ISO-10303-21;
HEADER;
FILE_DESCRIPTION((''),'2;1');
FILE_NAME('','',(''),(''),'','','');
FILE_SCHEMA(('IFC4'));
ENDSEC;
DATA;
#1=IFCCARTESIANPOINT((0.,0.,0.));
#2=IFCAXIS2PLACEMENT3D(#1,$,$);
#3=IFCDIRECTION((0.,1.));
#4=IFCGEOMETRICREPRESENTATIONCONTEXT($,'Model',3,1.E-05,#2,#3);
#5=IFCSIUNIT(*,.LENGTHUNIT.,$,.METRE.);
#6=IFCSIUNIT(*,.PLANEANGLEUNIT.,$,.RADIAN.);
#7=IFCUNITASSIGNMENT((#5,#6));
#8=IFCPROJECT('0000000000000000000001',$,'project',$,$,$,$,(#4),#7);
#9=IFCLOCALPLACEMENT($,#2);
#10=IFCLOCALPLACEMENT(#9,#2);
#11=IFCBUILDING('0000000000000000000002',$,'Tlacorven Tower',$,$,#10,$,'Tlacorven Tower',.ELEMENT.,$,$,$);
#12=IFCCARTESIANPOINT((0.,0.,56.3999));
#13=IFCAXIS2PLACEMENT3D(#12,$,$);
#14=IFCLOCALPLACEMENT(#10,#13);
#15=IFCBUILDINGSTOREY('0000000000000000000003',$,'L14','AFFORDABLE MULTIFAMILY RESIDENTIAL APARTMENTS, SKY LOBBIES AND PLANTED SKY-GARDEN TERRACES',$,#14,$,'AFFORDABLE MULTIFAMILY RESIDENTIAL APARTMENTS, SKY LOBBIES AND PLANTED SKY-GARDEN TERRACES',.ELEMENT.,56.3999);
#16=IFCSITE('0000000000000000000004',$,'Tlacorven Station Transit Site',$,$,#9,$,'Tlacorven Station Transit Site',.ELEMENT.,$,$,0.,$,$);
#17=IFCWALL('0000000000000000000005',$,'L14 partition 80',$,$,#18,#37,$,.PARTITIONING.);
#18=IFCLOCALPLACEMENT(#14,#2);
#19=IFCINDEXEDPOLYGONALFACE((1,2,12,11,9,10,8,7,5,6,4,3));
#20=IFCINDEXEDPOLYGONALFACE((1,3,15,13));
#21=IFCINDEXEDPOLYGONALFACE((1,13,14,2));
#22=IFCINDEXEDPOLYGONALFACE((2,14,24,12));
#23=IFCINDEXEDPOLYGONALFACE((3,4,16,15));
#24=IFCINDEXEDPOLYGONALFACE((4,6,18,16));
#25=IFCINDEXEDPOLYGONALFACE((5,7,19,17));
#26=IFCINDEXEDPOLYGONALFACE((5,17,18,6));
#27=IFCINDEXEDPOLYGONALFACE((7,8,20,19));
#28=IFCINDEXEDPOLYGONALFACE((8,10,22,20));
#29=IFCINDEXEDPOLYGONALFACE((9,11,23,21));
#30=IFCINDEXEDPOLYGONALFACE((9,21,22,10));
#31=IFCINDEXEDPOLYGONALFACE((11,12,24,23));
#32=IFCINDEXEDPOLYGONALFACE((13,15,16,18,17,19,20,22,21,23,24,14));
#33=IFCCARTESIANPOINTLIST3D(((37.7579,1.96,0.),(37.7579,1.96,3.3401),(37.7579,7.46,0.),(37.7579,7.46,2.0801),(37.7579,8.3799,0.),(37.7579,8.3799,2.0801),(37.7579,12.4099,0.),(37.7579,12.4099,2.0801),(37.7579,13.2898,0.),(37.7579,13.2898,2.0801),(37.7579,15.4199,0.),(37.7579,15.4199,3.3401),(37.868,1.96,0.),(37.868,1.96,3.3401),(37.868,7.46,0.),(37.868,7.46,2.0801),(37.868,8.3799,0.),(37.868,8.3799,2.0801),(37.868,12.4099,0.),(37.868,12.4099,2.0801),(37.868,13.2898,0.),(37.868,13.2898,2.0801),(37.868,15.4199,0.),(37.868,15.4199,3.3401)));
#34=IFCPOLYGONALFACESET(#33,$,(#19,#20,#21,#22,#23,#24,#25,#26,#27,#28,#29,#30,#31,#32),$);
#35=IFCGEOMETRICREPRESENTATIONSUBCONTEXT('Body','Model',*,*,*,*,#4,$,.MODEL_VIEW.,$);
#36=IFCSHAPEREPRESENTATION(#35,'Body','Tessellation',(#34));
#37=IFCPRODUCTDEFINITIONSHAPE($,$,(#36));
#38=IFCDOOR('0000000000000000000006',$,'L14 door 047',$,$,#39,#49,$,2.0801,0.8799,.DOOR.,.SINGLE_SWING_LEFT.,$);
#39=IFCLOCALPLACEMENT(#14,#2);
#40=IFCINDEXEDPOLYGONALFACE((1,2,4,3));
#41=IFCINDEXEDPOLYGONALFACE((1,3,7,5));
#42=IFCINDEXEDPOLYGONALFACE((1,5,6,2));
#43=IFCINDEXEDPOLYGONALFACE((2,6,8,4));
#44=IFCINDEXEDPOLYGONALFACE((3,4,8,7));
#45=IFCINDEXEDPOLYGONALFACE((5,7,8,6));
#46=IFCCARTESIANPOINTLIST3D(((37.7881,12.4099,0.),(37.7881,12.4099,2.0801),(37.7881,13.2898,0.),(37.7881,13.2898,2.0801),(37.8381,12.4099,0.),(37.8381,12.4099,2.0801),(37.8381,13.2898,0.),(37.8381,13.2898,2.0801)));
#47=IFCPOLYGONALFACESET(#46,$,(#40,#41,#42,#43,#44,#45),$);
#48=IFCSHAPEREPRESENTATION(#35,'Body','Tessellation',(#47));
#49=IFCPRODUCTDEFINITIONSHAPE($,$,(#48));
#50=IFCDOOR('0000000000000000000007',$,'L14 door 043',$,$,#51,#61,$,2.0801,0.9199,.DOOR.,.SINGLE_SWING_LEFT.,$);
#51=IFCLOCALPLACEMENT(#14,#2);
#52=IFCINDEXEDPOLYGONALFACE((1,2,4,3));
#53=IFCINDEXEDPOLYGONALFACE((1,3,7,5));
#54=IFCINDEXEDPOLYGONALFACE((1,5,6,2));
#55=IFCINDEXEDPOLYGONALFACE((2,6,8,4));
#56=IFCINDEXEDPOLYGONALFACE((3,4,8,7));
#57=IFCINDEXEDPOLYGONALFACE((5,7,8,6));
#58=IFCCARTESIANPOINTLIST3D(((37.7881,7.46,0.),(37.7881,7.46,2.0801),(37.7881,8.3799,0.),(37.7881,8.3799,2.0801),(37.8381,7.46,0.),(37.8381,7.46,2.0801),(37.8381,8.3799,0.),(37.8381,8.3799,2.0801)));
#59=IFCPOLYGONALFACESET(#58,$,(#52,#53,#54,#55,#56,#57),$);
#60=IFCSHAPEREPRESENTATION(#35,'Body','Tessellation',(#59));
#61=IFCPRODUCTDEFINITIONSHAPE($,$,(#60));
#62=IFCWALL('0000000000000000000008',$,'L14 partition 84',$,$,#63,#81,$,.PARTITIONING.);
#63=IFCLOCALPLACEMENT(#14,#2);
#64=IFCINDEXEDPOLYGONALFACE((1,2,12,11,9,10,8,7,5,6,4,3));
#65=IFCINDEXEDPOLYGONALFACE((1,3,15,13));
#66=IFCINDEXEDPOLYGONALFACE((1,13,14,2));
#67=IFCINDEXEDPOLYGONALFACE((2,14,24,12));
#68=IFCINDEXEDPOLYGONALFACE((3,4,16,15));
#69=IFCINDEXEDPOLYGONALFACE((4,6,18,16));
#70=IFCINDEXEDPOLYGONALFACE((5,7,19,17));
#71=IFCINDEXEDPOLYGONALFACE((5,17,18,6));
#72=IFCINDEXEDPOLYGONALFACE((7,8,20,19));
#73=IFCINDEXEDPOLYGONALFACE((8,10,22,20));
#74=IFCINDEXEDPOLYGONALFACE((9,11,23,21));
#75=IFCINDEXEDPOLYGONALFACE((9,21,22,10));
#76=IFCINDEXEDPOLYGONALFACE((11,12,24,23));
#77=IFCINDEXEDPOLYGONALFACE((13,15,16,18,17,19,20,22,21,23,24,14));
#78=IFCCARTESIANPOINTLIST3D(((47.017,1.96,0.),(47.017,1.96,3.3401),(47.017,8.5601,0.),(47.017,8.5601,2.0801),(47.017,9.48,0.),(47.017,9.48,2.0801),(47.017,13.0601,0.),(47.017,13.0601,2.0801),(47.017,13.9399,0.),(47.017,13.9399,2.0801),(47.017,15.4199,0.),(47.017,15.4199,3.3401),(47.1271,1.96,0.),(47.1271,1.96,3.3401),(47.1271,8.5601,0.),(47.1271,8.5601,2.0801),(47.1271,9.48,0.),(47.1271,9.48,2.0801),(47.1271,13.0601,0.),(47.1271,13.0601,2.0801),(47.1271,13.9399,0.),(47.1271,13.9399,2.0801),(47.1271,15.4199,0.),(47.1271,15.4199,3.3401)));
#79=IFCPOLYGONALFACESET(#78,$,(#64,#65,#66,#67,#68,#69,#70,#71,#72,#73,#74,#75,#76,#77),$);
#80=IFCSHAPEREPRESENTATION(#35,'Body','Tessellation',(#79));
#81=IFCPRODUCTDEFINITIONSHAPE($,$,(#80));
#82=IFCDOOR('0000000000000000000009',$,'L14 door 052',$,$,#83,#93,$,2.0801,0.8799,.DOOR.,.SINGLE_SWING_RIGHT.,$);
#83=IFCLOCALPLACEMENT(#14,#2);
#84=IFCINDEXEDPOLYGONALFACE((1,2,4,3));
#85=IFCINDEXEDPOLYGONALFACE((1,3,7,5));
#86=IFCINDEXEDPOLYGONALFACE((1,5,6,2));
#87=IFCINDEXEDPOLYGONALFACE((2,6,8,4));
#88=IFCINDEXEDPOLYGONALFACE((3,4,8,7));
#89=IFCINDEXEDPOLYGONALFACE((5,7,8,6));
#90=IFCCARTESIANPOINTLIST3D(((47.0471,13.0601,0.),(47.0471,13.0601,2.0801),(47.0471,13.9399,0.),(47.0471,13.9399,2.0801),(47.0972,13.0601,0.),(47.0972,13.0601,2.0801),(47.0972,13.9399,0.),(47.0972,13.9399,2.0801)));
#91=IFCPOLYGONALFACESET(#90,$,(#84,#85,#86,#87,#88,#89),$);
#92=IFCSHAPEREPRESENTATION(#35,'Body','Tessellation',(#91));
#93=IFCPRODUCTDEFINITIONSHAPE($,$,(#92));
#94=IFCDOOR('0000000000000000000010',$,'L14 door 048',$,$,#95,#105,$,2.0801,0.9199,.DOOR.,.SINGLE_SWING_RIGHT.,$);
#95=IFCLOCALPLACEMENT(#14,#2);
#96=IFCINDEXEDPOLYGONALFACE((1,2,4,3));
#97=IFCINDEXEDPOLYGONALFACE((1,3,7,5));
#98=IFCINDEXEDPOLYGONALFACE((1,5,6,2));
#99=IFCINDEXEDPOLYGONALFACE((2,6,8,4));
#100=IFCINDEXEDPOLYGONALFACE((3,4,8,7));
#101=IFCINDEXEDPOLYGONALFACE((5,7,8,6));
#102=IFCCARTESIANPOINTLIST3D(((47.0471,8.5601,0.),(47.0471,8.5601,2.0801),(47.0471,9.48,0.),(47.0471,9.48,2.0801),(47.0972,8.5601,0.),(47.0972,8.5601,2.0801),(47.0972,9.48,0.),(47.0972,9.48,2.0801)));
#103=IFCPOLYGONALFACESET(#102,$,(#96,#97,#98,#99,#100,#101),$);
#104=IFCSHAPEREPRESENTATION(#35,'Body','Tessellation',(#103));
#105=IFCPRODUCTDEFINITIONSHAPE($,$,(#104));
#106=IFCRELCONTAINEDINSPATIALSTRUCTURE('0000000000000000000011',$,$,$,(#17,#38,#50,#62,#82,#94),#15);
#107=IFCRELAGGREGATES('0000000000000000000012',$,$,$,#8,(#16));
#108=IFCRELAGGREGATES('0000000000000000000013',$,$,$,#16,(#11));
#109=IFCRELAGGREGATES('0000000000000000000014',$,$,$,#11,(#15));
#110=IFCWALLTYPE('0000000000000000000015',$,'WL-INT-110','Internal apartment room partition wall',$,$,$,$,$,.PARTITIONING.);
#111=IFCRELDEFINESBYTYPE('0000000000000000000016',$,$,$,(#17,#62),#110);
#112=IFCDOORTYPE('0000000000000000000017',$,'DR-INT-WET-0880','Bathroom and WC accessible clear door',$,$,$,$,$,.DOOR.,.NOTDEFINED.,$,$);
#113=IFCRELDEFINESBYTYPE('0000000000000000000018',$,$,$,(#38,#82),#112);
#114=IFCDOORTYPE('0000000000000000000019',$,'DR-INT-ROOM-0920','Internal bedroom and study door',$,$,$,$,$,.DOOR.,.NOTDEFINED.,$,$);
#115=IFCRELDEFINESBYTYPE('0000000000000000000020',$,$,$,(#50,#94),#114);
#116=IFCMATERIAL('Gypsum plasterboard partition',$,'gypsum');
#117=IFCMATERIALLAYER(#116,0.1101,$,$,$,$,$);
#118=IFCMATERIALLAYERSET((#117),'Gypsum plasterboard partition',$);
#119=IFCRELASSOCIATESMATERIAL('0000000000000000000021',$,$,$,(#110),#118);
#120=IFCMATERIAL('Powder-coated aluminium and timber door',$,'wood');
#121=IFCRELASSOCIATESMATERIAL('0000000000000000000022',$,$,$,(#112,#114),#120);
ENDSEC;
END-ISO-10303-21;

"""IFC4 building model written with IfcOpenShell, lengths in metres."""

from ifc_helpers import new_model, si_unit, direction, frame, frame_2d, origin, place, context, subcontext, project, spatial, rectangle, extrude, source, transform, mapped, material, layer, layer_set, type_object, element, fill, save


model = new_model("IFC4")

# Units and contexts
model_context = context("Model", 3, precision=1e-05, world=origin(), true_north=direction((0.0, 1.0)))
body_context = subcontext(model_context, "Body", "Model", "MODEL_VIEW")
ifc_project = project(units=[si_unit("LENGTHUNIT", "METRE"), si_unit("PLANEANGLEUNIT", "RADIAN")], contexts=[model_context])

# Site, building, storey
site_placement = place(None, origin())
site = spatial("IfcSite", under=ifc_project, at=site_placement, Name="Tlacorven Station Transit Site", LongName="Tlacorven Station Transit Site", CompositionType="ELEMENT", RefElevation=0.0)
building_placement = place(site_placement, origin())
building = spatial("IfcBuilding", under=site, at=building_placement, Name="Tlacorven Tower", LongName="Tlacorven Tower", CompositionType="ELEMENT")
storey_placement = place(building_placement, frame((0.0, 0.0, 56.3999)))
storey = spatial("IfcBuildingStorey", under=building, at=storey_placement, Name="L14", Description="AFFORDABLE MULTIFAMILY RESIDENTIAL APARTMENTS, SKY LOBBIES AND PLANTED SKY-GARDEN TERRACES", LongName="AFFORDABLE MULTIFAMILY RESIDENTIAL APARTMENTS, SKY LOBBIES AND PLANTED SKY-GARDEN TERRACES", CompositionType="ELEMENT", Elevation=56.3999)

# Walls, openings, doors
ifc_material_1 = material(Name="Gypsum plasterboard partition", Category="gypsum")
ifc_layer_1 = layer(ifc_material_1, 0.1101)
ifc_layer_set_1 = layer_set([ifc_layer_1], Name="Gypsum plasterboard partition")
wall_type_1 = type_object("IfcWallType", Name="WL-INT-110", Description="Internal apartment room partition wall", PredefinedType="PARTITIONING", material=ifc_layer_set_1)
wall_1_placement = place(storey_placement, frame((37.813, 1.96, 0.0), z_axis=(0.0, 0.0, 1.0), x_axis=(0.0, 1.0, 0.0)))
wall_1 = element("IfcWall", 1, at=wall_1_placement, inside=storey, type_object=wall_type_1, Name="L14 partition 80", PredefinedType="PARTITIONING", context=body_context, shape_type="SweptSolid", body=[
    extrude(rectangle(XDim=13.46, YDim=0.1101, at=frame_2d((6.73, 0.0))), origin(), (0.0, 0.0, 1.0), 3.3401),
])
opening_1_placement = place(wall_1_placement, frame((5.5, 0.0, 0.0)))
opening_1 = element("IfcOpeningElement", 2, at=opening_1_placement, cuts=wall_1, PredefinedType="OPENING", context=body_context, shape_type="SweptSolid", body=[
    extrude(rectangle(XDim=0.9199, YDim=2.0801, at=frame_2d((0.46, 1.04))), frame((0.0, 0.0649, 0.0), z_axis=(0.0, -1.0, 0.0), x_axis=(1.0, 0.0, 0.0)), (0.0, 0.0, 1.0), 0.1301),
])
opening_2_placement = place(wall_1_placement, frame((10.45, 0.0, 0.0)))
opening_2 = element("IfcOpeningElement", 3, at=opening_2_placement, cuts=wall_1, PredefinedType="OPENING", context=body_context, shape_type="SweptSolid", body=[
    extrude(rectangle(XDim=0.8799, YDim=2.0801, at=frame_2d((0.4399, 1.04))), frame((0.0, 0.0649, 0.0), z_axis=(0.0, -1.0, 0.0), x_axis=(1.0, 0.0, 0.0)), (0.0, 0.0, 1.0), 0.1301),
])
ifc_material_2 = material(Name="Powder-coated aluminium and timber door", Category="wood")
door_type_1 = type_object("IfcDoorType", Name="DR-INT-WET-0880", Description="Bathroom and WC accessible clear door", OperationType="NOTDEFINED", PredefinedType="DOOR", material=ifc_material_2)
shared_shape_1 = source(origin(), body_context, "Body", "SweptSolid", [
    extrude(rectangle(XDim=0.8799, YDim=2.0801, at=frame_2d((0.4399, 1.04))), frame((0.0, 0.0249, 0.0), z_axis=(0.0, -1.0, 0.0), x_axis=(1.0, 0.0, 0.0)), (0.0, 0.0, 1.0), 0.05),
])
door_1_placement = place(opening_2_placement, origin())
door_1 = element("IfcDoor", 4, at=door_1_placement, inside=storey, type_object=door_type_1, Name="L14 door 047", OperationType="SINGLE_SWING_LEFT", OverallHeight=2.0801, OverallWidth=0.8799, PredefinedType="DOOR", context=body_context, shape_type="MappedRepresentation", body=[
    mapped(shared_shape_1, transform((0.0, 0.0, 0.0), scale=1.0)),
])
fill(opening_2, door_1)
door_type_2 = type_object("IfcDoorType", Name="DR-INT-ROOM-0920", Description="Internal bedroom and study door", OperationType="NOTDEFINED", PredefinedType="DOOR", material=ifc_material_2)
shared_shape_2 = source(origin(), body_context, "Body", "SweptSolid", [
    extrude(rectangle(XDim=0.9199, YDim=2.0801, at=frame_2d((0.46, 1.04))), frame((0.0, 0.0249, 0.0), z_axis=(0.0, -1.0, 0.0), x_axis=(1.0, 0.0, 0.0)), (0.0, 0.0, 1.0), 0.05),
])
door_2_placement = place(opening_1_placement, origin())
door_2 = element("IfcDoor", 5, at=door_2_placement, inside=storey, type_object=door_type_2, Name="L14 door 043", OperationType="SINGLE_SWING_LEFT", OverallHeight=2.0801, OverallWidth=0.9199, PredefinedType="DOOR", context=body_context, shape_type="MappedRepresentation", body=[
    mapped(shared_shape_2, transform((0.0, 0.0, 0.0), scale=1.0)),
])
fill(opening_1, door_2)
wall_2_placement = place(storey_placement, frame((47.072, 1.96, 0.0), z_axis=(0.0, 0.0, 1.0), x_axis=(0.0, 1.0, 0.0)))
wall_2 = element("IfcWall", 6, at=wall_2_placement, inside=storey, type_object=wall_type_1, Name="L14 partition 84", PredefinedType="PARTITIONING", context=body_context, shape_type="SweptSolid", body=[
    extrude(rectangle(XDim=13.46, YDim=0.1101, at=frame_2d((6.73, 0.0))), origin(), (0.0, 0.0, 1.0), 3.3401),
])
opening_3_placement = place(wall_2_placement, frame((6.6001, 0.0, 0.0)))
opening_3 = element("IfcOpeningElement", 7, at=opening_3_placement, cuts=wall_2, PredefinedType="OPENING", context=body_context, shape_type="SweptSolid", body=[
    extrude(rectangle(XDim=0.9199, YDim=2.0801, at=frame_2d((0.46, 1.04))), frame((0.0, 0.0649, 0.0), z_axis=(0.0, -1.0, 0.0), x_axis=(1.0, 0.0, 0.0)), (0.0, 0.0, 1.0), 0.1301),
])
opening_4_placement = place(wall_2_placement, frame((11.1001, 0.0, 0.0)))
opening_4 = element("IfcOpeningElement", 8, at=opening_4_placement, cuts=wall_2, PredefinedType="OPENING", context=body_context, shape_type="SweptSolid", body=[
    extrude(rectangle(XDim=0.8799, YDim=2.0801, at=frame_2d((0.4399, 1.04))), frame((0.0, 0.0649, 0.0), z_axis=(0.0, -1.0, 0.0), x_axis=(1.0, 0.0, 0.0)), (0.0, 0.0, 1.0), 0.1301),
])
door_3_placement = place(opening_4_placement, origin())
door_3 = element("IfcDoor", 9, at=door_3_placement, inside=storey, type_object=door_type_1, Name="L14 door 052", OperationType="SINGLE_SWING_RIGHT", OverallHeight=2.0801, OverallWidth=0.8799, PredefinedType="DOOR", context=body_context, shape_type="MappedRepresentation", body=[
    mapped(shared_shape_1, transform((0.0, 0.0, 0.0), scale=1.0)),
])
fill(opening_4, door_3)
door_4_placement = place(opening_3_placement, origin())
door_4 = element("IfcDoor", 10, at=door_4_placement, inside=storey, type_object=door_type_2, Name="L14 door 048", OperationType="SINGLE_SWING_RIGHT", OverallHeight=2.0801, OverallWidth=0.9199, PredefinedType="DOOR", context=body_context, shape_type="MappedRepresentation", body=[
    mapped(shared_shape_2, transform((0.0, 0.0, 0.0), scale=1.0)),
])
fill(opening_3, door_4)

save(model, "model.ifc")
